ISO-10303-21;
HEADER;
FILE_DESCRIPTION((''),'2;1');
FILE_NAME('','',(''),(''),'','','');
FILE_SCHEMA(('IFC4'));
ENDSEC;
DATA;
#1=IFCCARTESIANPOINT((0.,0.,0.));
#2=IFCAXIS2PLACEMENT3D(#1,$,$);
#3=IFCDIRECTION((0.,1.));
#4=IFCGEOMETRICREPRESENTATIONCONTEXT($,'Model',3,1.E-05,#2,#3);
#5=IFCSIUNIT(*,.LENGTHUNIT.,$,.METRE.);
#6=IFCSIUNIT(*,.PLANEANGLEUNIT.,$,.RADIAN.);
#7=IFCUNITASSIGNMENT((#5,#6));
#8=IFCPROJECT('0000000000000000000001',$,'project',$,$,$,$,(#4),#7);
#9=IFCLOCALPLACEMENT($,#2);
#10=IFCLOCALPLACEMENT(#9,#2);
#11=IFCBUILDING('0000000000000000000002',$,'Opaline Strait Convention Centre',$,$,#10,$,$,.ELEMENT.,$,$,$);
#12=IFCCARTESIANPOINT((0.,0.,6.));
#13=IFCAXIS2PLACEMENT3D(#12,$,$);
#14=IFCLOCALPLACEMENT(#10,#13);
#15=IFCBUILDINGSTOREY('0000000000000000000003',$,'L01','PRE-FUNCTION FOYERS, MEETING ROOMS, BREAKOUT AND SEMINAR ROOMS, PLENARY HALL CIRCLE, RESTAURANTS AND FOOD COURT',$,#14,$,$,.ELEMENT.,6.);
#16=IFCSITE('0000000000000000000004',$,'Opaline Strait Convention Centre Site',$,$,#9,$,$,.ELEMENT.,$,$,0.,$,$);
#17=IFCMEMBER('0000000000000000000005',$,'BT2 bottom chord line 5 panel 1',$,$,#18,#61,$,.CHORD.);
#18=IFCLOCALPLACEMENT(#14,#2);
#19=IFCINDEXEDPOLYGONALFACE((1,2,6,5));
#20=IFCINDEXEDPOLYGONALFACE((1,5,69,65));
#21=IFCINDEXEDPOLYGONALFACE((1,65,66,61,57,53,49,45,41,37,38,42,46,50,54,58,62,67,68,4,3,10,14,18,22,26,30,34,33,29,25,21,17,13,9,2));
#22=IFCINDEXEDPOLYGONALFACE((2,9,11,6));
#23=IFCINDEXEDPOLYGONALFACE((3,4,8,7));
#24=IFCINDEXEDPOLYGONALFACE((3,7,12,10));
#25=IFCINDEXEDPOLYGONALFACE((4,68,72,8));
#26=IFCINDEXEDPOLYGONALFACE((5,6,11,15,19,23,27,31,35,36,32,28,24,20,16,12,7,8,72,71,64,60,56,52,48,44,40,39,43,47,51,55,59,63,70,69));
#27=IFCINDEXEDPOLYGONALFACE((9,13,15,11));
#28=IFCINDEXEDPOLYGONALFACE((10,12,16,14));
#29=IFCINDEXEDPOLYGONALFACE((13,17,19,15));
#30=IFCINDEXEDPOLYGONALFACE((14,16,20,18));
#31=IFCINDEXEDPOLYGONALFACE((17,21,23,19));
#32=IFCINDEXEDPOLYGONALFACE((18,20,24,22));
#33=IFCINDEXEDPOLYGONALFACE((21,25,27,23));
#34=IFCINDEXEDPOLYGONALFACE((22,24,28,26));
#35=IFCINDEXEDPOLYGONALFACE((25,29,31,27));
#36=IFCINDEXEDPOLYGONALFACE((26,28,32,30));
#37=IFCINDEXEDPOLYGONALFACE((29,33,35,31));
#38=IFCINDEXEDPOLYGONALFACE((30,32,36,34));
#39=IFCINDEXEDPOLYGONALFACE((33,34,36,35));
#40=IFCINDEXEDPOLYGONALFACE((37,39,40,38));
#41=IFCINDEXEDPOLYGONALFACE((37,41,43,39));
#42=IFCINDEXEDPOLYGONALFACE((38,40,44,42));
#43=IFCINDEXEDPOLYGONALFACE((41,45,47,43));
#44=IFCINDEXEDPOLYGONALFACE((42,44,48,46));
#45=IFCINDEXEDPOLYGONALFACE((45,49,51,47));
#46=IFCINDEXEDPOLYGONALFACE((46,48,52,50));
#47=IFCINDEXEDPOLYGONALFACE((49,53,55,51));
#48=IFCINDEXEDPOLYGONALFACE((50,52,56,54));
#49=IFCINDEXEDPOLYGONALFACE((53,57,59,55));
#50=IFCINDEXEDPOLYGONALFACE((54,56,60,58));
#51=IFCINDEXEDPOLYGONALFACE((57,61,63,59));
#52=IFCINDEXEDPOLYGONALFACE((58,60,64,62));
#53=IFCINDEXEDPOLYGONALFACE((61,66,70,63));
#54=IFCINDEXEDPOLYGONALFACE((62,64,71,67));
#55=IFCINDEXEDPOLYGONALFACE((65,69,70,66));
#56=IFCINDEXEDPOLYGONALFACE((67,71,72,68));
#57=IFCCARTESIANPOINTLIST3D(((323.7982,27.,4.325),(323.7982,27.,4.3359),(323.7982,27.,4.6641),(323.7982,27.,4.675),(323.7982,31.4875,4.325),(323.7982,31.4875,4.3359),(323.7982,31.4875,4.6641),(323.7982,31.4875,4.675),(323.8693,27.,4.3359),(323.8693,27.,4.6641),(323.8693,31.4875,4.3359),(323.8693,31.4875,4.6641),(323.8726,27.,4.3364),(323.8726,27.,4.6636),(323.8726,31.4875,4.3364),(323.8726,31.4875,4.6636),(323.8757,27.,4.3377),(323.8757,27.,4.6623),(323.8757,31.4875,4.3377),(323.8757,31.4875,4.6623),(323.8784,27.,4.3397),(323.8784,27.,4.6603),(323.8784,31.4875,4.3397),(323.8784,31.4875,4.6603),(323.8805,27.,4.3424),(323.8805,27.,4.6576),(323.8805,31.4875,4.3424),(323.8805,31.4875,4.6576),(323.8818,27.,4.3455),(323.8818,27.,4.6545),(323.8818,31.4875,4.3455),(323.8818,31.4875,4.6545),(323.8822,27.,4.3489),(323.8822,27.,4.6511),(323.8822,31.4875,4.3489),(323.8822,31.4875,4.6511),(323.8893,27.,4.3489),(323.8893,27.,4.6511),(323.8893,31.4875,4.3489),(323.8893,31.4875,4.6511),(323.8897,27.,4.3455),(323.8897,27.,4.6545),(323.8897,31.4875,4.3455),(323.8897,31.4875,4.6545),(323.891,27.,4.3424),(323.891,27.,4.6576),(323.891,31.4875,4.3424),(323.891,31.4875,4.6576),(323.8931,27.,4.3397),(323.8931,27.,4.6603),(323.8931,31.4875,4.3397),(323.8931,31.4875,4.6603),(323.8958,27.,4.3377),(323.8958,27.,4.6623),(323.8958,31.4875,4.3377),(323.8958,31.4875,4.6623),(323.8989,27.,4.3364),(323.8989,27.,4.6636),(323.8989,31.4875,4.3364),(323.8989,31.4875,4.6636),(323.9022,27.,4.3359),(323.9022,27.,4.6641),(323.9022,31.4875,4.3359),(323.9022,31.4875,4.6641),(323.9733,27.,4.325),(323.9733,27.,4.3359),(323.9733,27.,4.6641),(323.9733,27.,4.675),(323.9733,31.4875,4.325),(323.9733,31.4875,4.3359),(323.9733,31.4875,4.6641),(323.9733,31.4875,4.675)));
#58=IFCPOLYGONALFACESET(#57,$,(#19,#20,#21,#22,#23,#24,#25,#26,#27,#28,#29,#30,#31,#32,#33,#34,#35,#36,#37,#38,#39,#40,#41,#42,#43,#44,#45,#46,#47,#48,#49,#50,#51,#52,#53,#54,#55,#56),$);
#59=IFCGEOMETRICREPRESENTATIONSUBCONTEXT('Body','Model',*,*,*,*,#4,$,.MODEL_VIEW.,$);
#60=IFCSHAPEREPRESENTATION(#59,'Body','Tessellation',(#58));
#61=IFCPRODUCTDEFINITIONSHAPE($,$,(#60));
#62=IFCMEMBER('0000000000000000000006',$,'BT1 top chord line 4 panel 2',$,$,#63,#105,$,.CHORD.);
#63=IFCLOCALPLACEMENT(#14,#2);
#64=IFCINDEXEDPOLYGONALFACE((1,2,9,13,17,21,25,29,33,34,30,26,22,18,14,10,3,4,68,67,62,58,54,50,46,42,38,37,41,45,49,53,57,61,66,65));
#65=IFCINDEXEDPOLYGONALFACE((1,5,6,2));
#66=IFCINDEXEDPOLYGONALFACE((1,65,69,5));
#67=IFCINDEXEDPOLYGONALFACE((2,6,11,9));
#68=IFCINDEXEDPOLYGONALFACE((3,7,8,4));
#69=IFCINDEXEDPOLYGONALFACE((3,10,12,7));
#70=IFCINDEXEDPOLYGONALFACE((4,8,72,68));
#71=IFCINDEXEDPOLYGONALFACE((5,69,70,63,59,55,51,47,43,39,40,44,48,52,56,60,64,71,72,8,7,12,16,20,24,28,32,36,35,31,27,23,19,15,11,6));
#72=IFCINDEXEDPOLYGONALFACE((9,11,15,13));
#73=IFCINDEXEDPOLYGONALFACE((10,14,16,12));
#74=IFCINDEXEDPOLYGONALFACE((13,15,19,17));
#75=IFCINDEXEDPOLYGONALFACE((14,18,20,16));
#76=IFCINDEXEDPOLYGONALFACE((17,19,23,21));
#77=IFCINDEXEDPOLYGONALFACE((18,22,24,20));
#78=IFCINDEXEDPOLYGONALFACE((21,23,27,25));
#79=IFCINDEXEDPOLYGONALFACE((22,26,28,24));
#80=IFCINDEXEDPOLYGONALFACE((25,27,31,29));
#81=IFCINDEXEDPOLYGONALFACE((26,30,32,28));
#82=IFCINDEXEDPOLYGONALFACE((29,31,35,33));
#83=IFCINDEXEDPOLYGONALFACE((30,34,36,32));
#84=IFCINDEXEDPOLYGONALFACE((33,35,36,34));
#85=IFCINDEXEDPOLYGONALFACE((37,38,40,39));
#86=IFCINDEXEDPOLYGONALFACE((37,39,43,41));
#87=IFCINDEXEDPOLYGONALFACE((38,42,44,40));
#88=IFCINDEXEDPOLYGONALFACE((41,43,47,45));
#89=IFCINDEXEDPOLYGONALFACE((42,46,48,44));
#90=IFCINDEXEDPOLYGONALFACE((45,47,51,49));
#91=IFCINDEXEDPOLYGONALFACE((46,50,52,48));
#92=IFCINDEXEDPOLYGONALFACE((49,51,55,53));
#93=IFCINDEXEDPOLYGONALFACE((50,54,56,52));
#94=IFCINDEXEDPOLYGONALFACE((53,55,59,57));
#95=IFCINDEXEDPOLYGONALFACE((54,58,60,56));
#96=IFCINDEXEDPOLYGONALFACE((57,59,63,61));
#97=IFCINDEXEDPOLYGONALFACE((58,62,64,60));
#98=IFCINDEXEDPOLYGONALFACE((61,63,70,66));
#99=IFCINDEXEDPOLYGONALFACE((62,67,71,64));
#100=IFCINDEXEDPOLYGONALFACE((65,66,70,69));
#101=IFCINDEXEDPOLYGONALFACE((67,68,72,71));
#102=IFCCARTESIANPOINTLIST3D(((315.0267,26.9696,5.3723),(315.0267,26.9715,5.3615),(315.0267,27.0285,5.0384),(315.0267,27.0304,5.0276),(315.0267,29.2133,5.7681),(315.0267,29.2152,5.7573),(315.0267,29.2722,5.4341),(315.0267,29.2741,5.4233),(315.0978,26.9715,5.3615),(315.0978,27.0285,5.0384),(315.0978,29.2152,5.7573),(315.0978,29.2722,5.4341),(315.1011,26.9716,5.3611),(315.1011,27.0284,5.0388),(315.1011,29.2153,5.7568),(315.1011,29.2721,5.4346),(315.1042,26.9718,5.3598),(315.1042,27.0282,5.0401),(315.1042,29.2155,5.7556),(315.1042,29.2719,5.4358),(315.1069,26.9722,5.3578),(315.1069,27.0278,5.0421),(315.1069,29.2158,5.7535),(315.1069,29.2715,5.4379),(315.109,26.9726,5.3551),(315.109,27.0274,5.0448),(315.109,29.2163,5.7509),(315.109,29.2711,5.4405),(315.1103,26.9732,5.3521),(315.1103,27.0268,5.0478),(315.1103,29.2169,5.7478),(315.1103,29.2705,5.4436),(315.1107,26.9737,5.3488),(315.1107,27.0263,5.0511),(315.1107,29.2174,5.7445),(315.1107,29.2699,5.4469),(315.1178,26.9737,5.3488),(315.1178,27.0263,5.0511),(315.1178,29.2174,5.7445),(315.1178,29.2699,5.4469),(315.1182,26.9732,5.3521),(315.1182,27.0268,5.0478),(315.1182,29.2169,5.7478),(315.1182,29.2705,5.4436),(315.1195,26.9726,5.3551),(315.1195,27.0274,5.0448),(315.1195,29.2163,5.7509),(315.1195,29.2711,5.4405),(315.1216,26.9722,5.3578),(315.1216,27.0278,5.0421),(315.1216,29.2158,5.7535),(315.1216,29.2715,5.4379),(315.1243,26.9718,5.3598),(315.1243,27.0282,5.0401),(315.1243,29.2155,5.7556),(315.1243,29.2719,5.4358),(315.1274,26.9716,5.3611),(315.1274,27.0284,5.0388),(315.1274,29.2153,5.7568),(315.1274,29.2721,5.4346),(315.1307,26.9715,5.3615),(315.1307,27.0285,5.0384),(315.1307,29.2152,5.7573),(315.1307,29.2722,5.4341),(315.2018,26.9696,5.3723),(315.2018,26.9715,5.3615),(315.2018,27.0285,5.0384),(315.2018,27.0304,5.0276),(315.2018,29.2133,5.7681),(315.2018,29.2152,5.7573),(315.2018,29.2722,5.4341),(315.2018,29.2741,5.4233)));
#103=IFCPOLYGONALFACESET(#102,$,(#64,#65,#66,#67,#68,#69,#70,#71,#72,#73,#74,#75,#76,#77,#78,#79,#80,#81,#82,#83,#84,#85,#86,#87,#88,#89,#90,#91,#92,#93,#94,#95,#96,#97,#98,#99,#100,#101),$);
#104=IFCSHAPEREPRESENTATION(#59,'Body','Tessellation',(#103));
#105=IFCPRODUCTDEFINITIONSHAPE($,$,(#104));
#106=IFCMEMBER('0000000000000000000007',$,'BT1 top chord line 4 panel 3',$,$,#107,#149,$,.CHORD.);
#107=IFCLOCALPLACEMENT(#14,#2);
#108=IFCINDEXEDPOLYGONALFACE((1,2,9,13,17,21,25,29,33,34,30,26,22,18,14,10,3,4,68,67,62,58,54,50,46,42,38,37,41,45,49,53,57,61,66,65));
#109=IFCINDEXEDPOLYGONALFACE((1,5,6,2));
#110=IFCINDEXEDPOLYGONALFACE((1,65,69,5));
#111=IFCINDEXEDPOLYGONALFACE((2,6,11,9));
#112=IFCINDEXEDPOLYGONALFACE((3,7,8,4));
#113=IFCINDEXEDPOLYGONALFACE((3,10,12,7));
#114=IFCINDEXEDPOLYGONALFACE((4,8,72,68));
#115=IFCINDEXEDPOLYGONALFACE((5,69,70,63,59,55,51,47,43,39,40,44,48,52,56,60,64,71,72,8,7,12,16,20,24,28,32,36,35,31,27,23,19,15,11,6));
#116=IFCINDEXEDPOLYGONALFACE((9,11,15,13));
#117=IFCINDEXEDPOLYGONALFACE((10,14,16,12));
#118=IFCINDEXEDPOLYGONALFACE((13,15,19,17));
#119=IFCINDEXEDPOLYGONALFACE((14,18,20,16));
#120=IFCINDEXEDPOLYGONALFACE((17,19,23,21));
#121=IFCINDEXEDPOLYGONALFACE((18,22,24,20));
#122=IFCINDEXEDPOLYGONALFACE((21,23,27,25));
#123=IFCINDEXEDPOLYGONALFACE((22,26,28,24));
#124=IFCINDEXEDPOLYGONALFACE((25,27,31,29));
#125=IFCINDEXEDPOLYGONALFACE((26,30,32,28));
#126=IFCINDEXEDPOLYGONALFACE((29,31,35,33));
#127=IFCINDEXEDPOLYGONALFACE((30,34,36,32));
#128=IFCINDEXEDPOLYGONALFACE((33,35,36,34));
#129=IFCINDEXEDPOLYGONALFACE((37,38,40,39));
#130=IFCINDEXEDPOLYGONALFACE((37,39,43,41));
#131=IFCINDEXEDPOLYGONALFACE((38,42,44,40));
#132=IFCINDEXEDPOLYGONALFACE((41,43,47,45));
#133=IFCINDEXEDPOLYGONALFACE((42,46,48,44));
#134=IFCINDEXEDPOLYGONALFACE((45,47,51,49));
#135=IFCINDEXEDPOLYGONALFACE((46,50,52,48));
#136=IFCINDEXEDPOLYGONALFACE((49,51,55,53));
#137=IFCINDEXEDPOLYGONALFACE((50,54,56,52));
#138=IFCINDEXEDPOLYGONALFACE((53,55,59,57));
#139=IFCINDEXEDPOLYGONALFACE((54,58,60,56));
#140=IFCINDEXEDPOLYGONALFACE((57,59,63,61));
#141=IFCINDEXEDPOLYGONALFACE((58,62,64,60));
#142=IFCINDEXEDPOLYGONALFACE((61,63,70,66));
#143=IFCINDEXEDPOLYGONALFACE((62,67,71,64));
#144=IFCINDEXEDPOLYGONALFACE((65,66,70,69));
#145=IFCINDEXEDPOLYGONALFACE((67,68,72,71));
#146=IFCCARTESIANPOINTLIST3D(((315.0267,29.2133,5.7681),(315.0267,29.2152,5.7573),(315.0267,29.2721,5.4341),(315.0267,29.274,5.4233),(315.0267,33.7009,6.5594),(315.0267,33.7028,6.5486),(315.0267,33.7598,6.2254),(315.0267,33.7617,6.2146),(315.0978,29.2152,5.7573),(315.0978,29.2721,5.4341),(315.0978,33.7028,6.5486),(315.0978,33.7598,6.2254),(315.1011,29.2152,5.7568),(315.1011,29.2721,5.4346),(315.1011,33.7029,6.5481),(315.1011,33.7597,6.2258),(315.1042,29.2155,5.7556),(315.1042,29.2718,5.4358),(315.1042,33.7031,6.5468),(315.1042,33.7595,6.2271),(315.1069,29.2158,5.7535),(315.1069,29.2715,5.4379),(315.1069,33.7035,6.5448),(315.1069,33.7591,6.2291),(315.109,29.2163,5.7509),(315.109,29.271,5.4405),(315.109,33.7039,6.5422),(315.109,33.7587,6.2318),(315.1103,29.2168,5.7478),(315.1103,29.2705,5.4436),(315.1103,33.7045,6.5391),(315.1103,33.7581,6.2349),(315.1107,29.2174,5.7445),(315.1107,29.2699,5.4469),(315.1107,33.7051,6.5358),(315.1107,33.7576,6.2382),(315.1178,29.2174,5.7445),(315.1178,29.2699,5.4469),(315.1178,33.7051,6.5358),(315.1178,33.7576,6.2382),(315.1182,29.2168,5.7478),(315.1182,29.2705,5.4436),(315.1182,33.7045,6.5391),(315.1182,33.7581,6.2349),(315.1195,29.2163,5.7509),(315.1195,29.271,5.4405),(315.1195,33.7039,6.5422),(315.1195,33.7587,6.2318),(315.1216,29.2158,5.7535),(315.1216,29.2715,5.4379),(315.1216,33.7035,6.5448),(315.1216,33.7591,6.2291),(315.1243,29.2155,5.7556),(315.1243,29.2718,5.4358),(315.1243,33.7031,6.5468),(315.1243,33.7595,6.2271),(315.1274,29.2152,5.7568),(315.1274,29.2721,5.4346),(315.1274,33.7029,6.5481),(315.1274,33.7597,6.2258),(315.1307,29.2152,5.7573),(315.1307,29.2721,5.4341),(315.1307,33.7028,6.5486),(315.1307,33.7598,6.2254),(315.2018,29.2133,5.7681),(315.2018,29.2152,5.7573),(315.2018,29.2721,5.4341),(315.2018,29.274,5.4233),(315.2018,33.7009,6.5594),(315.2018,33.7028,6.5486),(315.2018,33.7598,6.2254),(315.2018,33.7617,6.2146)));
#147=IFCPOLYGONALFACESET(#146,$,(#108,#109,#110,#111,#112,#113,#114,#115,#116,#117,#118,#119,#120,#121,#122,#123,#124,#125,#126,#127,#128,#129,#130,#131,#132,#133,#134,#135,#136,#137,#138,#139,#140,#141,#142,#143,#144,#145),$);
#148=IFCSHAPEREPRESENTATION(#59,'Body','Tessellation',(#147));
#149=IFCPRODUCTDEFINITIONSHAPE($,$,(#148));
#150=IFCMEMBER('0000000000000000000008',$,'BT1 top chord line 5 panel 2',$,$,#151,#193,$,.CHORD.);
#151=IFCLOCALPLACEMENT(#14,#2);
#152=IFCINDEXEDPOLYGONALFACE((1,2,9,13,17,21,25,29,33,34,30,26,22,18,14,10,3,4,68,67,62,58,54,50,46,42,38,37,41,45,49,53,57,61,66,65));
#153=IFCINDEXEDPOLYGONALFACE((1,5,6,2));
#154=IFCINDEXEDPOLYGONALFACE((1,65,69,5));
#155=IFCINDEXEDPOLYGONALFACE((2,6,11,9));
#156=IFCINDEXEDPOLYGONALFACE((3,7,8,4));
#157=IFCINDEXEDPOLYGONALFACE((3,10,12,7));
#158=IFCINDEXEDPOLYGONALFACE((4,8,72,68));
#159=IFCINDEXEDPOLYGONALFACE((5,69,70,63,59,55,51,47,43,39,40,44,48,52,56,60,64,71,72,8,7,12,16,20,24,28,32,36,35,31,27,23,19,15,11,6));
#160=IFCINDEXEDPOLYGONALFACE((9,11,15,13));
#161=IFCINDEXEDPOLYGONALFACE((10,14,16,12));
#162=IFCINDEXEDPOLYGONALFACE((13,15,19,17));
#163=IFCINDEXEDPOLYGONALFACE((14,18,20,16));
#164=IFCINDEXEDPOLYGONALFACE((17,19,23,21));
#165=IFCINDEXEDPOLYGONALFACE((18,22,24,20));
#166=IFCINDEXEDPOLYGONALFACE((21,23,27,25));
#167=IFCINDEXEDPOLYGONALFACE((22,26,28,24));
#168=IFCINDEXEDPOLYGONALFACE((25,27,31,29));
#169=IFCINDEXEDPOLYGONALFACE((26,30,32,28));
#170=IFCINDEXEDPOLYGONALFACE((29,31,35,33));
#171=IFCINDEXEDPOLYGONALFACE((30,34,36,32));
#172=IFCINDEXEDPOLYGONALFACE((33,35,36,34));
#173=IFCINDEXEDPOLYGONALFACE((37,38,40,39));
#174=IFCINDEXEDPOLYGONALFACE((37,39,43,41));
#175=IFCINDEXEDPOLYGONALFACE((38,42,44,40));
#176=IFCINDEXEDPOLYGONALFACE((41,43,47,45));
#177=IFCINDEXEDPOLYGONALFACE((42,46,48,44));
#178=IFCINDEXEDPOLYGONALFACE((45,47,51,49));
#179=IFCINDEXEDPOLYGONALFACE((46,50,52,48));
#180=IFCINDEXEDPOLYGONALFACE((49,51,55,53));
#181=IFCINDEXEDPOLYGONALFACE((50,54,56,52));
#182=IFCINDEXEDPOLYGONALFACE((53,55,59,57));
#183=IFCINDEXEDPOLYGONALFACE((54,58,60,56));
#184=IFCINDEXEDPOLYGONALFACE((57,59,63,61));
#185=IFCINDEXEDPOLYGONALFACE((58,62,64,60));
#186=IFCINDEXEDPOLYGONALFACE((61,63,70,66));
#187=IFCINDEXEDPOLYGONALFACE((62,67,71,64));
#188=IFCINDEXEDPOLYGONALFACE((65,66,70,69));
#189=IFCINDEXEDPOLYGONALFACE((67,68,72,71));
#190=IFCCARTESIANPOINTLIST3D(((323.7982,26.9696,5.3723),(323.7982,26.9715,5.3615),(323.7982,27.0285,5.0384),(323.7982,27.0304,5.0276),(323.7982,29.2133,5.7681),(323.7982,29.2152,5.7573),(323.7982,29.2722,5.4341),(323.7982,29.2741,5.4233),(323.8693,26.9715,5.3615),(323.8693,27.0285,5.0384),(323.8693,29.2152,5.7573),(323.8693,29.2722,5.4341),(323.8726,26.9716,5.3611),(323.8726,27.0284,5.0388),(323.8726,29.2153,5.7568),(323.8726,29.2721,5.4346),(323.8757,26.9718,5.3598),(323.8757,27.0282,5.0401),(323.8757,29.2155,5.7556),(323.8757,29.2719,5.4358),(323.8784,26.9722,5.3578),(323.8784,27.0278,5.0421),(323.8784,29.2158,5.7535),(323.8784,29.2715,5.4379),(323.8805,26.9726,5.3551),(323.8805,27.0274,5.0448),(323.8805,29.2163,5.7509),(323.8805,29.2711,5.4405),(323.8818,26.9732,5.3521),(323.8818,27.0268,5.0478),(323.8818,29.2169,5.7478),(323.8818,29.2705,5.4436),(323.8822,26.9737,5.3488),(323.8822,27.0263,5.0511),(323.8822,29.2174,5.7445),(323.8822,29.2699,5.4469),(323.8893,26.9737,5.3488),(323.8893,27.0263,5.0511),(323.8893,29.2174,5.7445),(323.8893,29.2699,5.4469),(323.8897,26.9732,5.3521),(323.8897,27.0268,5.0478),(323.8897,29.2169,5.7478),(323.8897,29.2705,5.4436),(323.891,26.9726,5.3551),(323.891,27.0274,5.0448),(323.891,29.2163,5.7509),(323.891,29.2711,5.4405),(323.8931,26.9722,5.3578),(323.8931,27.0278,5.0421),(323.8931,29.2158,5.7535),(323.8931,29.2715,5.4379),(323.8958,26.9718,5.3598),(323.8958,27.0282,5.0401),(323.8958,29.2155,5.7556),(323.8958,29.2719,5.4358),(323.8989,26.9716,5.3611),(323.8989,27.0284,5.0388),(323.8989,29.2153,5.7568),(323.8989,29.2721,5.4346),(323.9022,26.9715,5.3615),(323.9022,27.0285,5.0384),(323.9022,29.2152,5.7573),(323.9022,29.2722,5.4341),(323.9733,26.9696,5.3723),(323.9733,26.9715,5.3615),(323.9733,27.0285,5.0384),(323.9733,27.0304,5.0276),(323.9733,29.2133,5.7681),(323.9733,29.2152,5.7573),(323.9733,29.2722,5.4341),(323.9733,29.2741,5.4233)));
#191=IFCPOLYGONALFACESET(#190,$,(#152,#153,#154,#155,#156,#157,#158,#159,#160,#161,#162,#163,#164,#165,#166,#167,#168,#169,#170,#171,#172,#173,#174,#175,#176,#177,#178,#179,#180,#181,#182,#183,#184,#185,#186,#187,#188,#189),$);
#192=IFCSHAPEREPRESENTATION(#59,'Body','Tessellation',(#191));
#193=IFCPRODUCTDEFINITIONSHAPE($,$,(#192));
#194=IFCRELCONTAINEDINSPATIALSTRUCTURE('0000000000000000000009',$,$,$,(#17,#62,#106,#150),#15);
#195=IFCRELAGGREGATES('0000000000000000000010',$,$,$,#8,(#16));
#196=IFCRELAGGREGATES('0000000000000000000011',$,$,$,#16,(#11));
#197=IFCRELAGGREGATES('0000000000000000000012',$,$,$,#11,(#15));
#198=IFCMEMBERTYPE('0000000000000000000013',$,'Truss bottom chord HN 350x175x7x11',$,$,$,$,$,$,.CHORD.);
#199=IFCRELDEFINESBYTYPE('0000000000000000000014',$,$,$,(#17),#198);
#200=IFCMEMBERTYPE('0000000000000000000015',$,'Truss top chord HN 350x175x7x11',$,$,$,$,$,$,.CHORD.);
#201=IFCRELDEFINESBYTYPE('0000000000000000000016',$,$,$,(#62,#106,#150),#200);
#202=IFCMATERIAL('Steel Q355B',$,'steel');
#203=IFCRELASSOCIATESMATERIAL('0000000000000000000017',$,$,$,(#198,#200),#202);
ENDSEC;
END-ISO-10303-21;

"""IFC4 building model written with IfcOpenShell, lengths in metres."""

from ifc_helpers import new_model, si_unit, direction, frame, origin, origin_2d, place, context, subcontext, project, spatial, i_section, extrude, material, material_profile, profile_set, type_object, element, save


model = new_model("IFC4")

# Units and contexts
model_context = context("Model", 3, precision=1e-05, world=origin(), true_north=direction((0.0, 1.0)))
body_context = subcontext(model_context, "Body", "Model", "MODEL_VIEW")
ifc_project = project(units=[si_unit("LENGTHUNIT", "METRE"), si_unit("PLANEANGLEUNIT", "RADIAN")], contexts=[model_context])

# Site, building, storey
site_placement = place(None, origin())
site = spatial("IfcSite", under=ifc_project, at=site_placement, Name="Opaline Strait Convention Centre Site", CompositionType="ELEMENT", RefElevation=0.0)
building_placement = place(site_placement, origin())
building = spatial("IfcBuilding", under=site, at=building_placement, Name="Opaline Strait Convention Centre", CompositionType="ELEMENT")
storey_placement = place(building_placement, frame((0.0, 0.0, 6.0)))
storey = spatial("IfcBuildingStorey", under=building, at=storey_placement, Name="L01", Description="PRE-FUNCTION FOYERS, MEETING ROOMS, BREAKOUT AND SEMINAR ROOMS, PLENARY HALL CIRCLE, RESTAURANTS AND FOOD COURT", CompositionType="ELEMENT", Elevation=6.0)

# Members
ifc_material_1 = material(Name="Steel Q355B", Category="steel")
ifc_material_profile_1 = material_profile(ifc_material_1, i_section(OverallWidth=0.175, OverallDepth=0.3501, WebThickness=0.0071, FlangeThickness=0.011, FilletRadius=0.0129, at=origin_2d()), Name="HN 350x175x7x11")
ifc_profile_set_1 = profile_set([ifc_material_profile_1], Name="Steel Q355B")
member_type_1 = type_object("IfcMemberType", Name="Truss bottom chord HN 350x175x7x11", PredefinedType="CHORD", material=ifc_profile_set_1)
for number, where, z_axis, x_axis, name in (
    (1, (323.8857, 27.0, 4.5), (0.0, 1.0, 0.0), (-1.0, 0.0, 0.0), "BT2 bottom chord line 5 panel 1"),
):
    element("IfcMember", number, at=place(storey_placement, frame(where, z_axis=z_axis, x_axis=x_axis)), inside=storey, type_object=member_type_1, Name=name, PredefinedType="CHORD", context=body_context, shape_type="SweptSolid", body=[
        extrude(i_section(OverallWidth=0.175, OverallDepth=0.3501, WebThickness=0.0071, FlangeThickness=0.011, FilletRadius=0.0129, at=origin_2d()), origin(), (0.0, 0.0, 1.0), 4.4875),
    ])
ifc_material_profile_2 = material_profile(ifc_material_1, i_section(OverallWidth=0.175, OverallDepth=0.3501, WebThickness=0.0071, FlangeThickness=0.011, FilletRadius=0.0129, at=origin_2d()), Name="HN 350x175x7x11")
ifc_profile_set_2 = profile_set([ifc_material_profile_2], Name="Steel Q355B")
member_type_2 = type_object("IfcMemberType", Name="Truss top chord HN 350x175x7x11", PredefinedType="CHORD", material=ifc_profile_set_2)
member_1_placement = place(storey_placement, frame((315.1143, 27.0, 5.2), z_axis=(0.0, 0.984798, 0.173706), x_axis=(-1.0, 0.0, 0.0)))
element("IfcMember", 2, at=member_1_placement, inside=storey, type_object=member_type_2, Name="BT1 top chord line 4 panel 2", PredefinedType="CHORD", context=body_context, shape_type="SweptSolid", body=[
    extrude(i_section(OverallWidth=0.175, OverallDepth=0.3501, WebThickness=0.0071, FlangeThickness=0.011, FilletRadius=0.0129, at=origin_2d()), origin(), (0.0, 0.0, 1.0), 2.2783),
])
member_2_placement = place(storey_placement, frame((315.1143, 29.2437, 5.5957), z_axis=(0.0, 0.984808, 0.173645), x_axis=(-1.0, 0.0, 0.0)))
element("IfcMember", 3, at=member_2_placement, inside=storey, type_object=member_type_2, Name="BT1 top chord line 4 panel 3", PredefinedType="CHORD", context=body_context, shape_type="SweptSolid", body=[
    extrude(i_section(OverallWidth=0.175, OverallDepth=0.3501, WebThickness=0.0071, FlangeThickness=0.011, FilletRadius=0.0129, at=origin_2d()), origin(), (0.0, 0.0, 1.0), 4.5569),
])
member_3_placement = place(storey_placement, frame((323.8857, 27.0, 5.2), z_axis=(0.0, 0.984798, 0.173706), x_axis=(-1.0, 0.0, 0.0)))
element("IfcMember", 4, at=member_3_placement, inside=storey, type_object=member_type_2, Name="BT1 top chord line 5 panel 2", PredefinedType="CHORD", context=body_context, shape_type="SweptSolid", body=[
    extrude(i_section(OverallWidth=0.175, OverallDepth=0.3501, WebThickness=0.0071, FlangeThickness=0.011, FilletRadius=0.0129, at=origin_2d()), origin(), (0.0, 0.0, 1.0), 2.2783),
])

save(model, "model.ifc")
